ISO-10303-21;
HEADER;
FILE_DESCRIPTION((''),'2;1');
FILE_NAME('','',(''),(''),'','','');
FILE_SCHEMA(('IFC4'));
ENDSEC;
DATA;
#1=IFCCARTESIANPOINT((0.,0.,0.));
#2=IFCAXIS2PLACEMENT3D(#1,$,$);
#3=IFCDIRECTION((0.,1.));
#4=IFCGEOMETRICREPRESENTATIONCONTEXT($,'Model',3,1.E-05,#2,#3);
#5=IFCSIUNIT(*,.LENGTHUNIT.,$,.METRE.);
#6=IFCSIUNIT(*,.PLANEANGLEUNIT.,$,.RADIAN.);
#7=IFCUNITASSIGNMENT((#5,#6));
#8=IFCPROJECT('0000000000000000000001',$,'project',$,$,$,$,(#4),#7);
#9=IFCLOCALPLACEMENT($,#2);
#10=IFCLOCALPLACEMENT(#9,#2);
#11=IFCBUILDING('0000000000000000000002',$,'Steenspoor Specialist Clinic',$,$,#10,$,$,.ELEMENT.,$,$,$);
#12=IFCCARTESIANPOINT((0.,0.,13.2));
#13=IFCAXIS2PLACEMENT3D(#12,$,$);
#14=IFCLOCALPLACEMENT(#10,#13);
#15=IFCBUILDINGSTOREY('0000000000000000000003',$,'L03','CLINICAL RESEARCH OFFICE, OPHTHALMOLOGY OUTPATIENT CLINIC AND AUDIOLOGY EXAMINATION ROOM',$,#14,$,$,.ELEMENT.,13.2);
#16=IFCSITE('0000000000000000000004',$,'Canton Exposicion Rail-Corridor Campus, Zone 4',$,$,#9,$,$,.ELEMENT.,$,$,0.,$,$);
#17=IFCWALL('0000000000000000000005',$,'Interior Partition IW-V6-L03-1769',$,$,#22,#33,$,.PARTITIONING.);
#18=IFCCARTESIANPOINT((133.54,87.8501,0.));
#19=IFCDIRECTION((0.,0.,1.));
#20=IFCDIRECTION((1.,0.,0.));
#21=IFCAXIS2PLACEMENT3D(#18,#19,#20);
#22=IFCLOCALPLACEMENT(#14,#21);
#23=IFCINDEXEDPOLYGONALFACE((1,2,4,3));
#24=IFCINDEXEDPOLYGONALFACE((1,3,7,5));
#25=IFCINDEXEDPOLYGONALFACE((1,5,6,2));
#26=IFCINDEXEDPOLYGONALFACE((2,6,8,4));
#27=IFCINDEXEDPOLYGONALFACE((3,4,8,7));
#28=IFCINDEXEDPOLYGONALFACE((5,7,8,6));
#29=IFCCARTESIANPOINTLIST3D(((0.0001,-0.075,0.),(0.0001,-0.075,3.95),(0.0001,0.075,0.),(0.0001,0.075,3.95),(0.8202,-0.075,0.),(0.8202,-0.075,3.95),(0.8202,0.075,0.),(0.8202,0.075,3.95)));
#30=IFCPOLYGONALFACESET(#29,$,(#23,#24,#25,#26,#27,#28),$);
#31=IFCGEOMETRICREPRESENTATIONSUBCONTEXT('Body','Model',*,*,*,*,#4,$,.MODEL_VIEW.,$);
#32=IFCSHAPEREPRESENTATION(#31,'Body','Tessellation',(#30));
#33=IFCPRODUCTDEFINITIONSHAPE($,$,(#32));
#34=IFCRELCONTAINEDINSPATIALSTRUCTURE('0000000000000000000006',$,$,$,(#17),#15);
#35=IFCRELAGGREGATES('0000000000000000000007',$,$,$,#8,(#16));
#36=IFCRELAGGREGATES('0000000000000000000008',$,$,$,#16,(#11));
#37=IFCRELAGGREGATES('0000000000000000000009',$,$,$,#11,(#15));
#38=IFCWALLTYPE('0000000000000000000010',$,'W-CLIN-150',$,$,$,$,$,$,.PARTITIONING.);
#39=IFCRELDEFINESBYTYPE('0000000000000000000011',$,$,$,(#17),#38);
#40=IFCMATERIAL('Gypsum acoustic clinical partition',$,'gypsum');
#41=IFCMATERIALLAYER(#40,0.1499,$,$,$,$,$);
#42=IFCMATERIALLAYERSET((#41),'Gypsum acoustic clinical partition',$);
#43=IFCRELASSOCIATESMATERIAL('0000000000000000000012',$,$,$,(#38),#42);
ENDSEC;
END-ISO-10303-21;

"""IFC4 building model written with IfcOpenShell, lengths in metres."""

from ifc_helpers import new_model, si_unit, direction, frame, frame_2d, origin, place, context, subcontext, project, spatial, rectangle, extrude, material, layer, layer_set, type_object, element, save


model = new_model("IFC4")

# Units and contexts
model_context = context("Model", 3, precision=1e-05, world=origin(), true_north=direction((0.0, 1.0)))
body_context = subcontext(model_context, "Body", "Model", "MODEL_VIEW")
ifc_project = project(units=[si_unit("LENGTHUNIT", "METRE"), si_unit("PLANEANGLEUNIT", "RADIAN")], contexts=[model_context])

# Site, building, storey
site_placement = place(None, origin())
site = spatial("IfcSite", under=ifc_project, at=site_placement, Name="Canton Exposicion Rail-Corridor Campus, Zone 4", CompositionType="ELEMENT", RefElevation=0.0)
building_placement = place(site_placement, origin())
building = spatial("IfcBuilding", under=site, at=building_placement, Name="Steenspoor Specialist Clinic", CompositionType="ELEMENT")
storey_placement = place(building_placement, frame((0.0, 0.0, 13.2)))
storey = spatial("IfcBuildingStorey", under=building, at=storey_placement, Name="L03", Description="CLINICAL RESEARCH OFFICE, OPHTHALMOLOGY OUTPATIENT CLINIC AND AUDIOLOGY EXAMINATION ROOM", CompositionType="ELEMENT", Elevation=13.2)

# Shared definitions
ifc_material_1 = material(Name="Gypsum acoustic clinical partition", Category="gypsum")
ifc_layer_1 = layer(ifc_material_1, 0.1499)
ifc_layer_set_1 = layer_set([ifc_layer_1], Name="Gypsum acoustic clinical partition")
wall_type_1 = type_object("IfcWallType", Name="W-CLIN-150", PredefinedType="PARTITIONING", material=ifc_layer_set_1)

# Wall
wall_1_placement = place(storey_placement, frame((133.54, 87.8501, 0.0), z_axis=(0.0, 0.0, 1.0), x_axis=(1.0, 0.0, 0.0)))
element("IfcWall", 1, at=wall_1_placement, inside=storey, type_object=wall_type_1, Name="Interior Partition IW-V6-L03-1769", PredefinedType="PARTITIONING", context=body_context, shape_type="SweptSolid", body=[
    extrude(rectangle(XDim=0.8201, YDim=0.1499, at=frame_2d((0.4102, 0.0))), origin(), (0.0, 0.0, 1.0), 3.95),
])

save(model, "model.ifc")
